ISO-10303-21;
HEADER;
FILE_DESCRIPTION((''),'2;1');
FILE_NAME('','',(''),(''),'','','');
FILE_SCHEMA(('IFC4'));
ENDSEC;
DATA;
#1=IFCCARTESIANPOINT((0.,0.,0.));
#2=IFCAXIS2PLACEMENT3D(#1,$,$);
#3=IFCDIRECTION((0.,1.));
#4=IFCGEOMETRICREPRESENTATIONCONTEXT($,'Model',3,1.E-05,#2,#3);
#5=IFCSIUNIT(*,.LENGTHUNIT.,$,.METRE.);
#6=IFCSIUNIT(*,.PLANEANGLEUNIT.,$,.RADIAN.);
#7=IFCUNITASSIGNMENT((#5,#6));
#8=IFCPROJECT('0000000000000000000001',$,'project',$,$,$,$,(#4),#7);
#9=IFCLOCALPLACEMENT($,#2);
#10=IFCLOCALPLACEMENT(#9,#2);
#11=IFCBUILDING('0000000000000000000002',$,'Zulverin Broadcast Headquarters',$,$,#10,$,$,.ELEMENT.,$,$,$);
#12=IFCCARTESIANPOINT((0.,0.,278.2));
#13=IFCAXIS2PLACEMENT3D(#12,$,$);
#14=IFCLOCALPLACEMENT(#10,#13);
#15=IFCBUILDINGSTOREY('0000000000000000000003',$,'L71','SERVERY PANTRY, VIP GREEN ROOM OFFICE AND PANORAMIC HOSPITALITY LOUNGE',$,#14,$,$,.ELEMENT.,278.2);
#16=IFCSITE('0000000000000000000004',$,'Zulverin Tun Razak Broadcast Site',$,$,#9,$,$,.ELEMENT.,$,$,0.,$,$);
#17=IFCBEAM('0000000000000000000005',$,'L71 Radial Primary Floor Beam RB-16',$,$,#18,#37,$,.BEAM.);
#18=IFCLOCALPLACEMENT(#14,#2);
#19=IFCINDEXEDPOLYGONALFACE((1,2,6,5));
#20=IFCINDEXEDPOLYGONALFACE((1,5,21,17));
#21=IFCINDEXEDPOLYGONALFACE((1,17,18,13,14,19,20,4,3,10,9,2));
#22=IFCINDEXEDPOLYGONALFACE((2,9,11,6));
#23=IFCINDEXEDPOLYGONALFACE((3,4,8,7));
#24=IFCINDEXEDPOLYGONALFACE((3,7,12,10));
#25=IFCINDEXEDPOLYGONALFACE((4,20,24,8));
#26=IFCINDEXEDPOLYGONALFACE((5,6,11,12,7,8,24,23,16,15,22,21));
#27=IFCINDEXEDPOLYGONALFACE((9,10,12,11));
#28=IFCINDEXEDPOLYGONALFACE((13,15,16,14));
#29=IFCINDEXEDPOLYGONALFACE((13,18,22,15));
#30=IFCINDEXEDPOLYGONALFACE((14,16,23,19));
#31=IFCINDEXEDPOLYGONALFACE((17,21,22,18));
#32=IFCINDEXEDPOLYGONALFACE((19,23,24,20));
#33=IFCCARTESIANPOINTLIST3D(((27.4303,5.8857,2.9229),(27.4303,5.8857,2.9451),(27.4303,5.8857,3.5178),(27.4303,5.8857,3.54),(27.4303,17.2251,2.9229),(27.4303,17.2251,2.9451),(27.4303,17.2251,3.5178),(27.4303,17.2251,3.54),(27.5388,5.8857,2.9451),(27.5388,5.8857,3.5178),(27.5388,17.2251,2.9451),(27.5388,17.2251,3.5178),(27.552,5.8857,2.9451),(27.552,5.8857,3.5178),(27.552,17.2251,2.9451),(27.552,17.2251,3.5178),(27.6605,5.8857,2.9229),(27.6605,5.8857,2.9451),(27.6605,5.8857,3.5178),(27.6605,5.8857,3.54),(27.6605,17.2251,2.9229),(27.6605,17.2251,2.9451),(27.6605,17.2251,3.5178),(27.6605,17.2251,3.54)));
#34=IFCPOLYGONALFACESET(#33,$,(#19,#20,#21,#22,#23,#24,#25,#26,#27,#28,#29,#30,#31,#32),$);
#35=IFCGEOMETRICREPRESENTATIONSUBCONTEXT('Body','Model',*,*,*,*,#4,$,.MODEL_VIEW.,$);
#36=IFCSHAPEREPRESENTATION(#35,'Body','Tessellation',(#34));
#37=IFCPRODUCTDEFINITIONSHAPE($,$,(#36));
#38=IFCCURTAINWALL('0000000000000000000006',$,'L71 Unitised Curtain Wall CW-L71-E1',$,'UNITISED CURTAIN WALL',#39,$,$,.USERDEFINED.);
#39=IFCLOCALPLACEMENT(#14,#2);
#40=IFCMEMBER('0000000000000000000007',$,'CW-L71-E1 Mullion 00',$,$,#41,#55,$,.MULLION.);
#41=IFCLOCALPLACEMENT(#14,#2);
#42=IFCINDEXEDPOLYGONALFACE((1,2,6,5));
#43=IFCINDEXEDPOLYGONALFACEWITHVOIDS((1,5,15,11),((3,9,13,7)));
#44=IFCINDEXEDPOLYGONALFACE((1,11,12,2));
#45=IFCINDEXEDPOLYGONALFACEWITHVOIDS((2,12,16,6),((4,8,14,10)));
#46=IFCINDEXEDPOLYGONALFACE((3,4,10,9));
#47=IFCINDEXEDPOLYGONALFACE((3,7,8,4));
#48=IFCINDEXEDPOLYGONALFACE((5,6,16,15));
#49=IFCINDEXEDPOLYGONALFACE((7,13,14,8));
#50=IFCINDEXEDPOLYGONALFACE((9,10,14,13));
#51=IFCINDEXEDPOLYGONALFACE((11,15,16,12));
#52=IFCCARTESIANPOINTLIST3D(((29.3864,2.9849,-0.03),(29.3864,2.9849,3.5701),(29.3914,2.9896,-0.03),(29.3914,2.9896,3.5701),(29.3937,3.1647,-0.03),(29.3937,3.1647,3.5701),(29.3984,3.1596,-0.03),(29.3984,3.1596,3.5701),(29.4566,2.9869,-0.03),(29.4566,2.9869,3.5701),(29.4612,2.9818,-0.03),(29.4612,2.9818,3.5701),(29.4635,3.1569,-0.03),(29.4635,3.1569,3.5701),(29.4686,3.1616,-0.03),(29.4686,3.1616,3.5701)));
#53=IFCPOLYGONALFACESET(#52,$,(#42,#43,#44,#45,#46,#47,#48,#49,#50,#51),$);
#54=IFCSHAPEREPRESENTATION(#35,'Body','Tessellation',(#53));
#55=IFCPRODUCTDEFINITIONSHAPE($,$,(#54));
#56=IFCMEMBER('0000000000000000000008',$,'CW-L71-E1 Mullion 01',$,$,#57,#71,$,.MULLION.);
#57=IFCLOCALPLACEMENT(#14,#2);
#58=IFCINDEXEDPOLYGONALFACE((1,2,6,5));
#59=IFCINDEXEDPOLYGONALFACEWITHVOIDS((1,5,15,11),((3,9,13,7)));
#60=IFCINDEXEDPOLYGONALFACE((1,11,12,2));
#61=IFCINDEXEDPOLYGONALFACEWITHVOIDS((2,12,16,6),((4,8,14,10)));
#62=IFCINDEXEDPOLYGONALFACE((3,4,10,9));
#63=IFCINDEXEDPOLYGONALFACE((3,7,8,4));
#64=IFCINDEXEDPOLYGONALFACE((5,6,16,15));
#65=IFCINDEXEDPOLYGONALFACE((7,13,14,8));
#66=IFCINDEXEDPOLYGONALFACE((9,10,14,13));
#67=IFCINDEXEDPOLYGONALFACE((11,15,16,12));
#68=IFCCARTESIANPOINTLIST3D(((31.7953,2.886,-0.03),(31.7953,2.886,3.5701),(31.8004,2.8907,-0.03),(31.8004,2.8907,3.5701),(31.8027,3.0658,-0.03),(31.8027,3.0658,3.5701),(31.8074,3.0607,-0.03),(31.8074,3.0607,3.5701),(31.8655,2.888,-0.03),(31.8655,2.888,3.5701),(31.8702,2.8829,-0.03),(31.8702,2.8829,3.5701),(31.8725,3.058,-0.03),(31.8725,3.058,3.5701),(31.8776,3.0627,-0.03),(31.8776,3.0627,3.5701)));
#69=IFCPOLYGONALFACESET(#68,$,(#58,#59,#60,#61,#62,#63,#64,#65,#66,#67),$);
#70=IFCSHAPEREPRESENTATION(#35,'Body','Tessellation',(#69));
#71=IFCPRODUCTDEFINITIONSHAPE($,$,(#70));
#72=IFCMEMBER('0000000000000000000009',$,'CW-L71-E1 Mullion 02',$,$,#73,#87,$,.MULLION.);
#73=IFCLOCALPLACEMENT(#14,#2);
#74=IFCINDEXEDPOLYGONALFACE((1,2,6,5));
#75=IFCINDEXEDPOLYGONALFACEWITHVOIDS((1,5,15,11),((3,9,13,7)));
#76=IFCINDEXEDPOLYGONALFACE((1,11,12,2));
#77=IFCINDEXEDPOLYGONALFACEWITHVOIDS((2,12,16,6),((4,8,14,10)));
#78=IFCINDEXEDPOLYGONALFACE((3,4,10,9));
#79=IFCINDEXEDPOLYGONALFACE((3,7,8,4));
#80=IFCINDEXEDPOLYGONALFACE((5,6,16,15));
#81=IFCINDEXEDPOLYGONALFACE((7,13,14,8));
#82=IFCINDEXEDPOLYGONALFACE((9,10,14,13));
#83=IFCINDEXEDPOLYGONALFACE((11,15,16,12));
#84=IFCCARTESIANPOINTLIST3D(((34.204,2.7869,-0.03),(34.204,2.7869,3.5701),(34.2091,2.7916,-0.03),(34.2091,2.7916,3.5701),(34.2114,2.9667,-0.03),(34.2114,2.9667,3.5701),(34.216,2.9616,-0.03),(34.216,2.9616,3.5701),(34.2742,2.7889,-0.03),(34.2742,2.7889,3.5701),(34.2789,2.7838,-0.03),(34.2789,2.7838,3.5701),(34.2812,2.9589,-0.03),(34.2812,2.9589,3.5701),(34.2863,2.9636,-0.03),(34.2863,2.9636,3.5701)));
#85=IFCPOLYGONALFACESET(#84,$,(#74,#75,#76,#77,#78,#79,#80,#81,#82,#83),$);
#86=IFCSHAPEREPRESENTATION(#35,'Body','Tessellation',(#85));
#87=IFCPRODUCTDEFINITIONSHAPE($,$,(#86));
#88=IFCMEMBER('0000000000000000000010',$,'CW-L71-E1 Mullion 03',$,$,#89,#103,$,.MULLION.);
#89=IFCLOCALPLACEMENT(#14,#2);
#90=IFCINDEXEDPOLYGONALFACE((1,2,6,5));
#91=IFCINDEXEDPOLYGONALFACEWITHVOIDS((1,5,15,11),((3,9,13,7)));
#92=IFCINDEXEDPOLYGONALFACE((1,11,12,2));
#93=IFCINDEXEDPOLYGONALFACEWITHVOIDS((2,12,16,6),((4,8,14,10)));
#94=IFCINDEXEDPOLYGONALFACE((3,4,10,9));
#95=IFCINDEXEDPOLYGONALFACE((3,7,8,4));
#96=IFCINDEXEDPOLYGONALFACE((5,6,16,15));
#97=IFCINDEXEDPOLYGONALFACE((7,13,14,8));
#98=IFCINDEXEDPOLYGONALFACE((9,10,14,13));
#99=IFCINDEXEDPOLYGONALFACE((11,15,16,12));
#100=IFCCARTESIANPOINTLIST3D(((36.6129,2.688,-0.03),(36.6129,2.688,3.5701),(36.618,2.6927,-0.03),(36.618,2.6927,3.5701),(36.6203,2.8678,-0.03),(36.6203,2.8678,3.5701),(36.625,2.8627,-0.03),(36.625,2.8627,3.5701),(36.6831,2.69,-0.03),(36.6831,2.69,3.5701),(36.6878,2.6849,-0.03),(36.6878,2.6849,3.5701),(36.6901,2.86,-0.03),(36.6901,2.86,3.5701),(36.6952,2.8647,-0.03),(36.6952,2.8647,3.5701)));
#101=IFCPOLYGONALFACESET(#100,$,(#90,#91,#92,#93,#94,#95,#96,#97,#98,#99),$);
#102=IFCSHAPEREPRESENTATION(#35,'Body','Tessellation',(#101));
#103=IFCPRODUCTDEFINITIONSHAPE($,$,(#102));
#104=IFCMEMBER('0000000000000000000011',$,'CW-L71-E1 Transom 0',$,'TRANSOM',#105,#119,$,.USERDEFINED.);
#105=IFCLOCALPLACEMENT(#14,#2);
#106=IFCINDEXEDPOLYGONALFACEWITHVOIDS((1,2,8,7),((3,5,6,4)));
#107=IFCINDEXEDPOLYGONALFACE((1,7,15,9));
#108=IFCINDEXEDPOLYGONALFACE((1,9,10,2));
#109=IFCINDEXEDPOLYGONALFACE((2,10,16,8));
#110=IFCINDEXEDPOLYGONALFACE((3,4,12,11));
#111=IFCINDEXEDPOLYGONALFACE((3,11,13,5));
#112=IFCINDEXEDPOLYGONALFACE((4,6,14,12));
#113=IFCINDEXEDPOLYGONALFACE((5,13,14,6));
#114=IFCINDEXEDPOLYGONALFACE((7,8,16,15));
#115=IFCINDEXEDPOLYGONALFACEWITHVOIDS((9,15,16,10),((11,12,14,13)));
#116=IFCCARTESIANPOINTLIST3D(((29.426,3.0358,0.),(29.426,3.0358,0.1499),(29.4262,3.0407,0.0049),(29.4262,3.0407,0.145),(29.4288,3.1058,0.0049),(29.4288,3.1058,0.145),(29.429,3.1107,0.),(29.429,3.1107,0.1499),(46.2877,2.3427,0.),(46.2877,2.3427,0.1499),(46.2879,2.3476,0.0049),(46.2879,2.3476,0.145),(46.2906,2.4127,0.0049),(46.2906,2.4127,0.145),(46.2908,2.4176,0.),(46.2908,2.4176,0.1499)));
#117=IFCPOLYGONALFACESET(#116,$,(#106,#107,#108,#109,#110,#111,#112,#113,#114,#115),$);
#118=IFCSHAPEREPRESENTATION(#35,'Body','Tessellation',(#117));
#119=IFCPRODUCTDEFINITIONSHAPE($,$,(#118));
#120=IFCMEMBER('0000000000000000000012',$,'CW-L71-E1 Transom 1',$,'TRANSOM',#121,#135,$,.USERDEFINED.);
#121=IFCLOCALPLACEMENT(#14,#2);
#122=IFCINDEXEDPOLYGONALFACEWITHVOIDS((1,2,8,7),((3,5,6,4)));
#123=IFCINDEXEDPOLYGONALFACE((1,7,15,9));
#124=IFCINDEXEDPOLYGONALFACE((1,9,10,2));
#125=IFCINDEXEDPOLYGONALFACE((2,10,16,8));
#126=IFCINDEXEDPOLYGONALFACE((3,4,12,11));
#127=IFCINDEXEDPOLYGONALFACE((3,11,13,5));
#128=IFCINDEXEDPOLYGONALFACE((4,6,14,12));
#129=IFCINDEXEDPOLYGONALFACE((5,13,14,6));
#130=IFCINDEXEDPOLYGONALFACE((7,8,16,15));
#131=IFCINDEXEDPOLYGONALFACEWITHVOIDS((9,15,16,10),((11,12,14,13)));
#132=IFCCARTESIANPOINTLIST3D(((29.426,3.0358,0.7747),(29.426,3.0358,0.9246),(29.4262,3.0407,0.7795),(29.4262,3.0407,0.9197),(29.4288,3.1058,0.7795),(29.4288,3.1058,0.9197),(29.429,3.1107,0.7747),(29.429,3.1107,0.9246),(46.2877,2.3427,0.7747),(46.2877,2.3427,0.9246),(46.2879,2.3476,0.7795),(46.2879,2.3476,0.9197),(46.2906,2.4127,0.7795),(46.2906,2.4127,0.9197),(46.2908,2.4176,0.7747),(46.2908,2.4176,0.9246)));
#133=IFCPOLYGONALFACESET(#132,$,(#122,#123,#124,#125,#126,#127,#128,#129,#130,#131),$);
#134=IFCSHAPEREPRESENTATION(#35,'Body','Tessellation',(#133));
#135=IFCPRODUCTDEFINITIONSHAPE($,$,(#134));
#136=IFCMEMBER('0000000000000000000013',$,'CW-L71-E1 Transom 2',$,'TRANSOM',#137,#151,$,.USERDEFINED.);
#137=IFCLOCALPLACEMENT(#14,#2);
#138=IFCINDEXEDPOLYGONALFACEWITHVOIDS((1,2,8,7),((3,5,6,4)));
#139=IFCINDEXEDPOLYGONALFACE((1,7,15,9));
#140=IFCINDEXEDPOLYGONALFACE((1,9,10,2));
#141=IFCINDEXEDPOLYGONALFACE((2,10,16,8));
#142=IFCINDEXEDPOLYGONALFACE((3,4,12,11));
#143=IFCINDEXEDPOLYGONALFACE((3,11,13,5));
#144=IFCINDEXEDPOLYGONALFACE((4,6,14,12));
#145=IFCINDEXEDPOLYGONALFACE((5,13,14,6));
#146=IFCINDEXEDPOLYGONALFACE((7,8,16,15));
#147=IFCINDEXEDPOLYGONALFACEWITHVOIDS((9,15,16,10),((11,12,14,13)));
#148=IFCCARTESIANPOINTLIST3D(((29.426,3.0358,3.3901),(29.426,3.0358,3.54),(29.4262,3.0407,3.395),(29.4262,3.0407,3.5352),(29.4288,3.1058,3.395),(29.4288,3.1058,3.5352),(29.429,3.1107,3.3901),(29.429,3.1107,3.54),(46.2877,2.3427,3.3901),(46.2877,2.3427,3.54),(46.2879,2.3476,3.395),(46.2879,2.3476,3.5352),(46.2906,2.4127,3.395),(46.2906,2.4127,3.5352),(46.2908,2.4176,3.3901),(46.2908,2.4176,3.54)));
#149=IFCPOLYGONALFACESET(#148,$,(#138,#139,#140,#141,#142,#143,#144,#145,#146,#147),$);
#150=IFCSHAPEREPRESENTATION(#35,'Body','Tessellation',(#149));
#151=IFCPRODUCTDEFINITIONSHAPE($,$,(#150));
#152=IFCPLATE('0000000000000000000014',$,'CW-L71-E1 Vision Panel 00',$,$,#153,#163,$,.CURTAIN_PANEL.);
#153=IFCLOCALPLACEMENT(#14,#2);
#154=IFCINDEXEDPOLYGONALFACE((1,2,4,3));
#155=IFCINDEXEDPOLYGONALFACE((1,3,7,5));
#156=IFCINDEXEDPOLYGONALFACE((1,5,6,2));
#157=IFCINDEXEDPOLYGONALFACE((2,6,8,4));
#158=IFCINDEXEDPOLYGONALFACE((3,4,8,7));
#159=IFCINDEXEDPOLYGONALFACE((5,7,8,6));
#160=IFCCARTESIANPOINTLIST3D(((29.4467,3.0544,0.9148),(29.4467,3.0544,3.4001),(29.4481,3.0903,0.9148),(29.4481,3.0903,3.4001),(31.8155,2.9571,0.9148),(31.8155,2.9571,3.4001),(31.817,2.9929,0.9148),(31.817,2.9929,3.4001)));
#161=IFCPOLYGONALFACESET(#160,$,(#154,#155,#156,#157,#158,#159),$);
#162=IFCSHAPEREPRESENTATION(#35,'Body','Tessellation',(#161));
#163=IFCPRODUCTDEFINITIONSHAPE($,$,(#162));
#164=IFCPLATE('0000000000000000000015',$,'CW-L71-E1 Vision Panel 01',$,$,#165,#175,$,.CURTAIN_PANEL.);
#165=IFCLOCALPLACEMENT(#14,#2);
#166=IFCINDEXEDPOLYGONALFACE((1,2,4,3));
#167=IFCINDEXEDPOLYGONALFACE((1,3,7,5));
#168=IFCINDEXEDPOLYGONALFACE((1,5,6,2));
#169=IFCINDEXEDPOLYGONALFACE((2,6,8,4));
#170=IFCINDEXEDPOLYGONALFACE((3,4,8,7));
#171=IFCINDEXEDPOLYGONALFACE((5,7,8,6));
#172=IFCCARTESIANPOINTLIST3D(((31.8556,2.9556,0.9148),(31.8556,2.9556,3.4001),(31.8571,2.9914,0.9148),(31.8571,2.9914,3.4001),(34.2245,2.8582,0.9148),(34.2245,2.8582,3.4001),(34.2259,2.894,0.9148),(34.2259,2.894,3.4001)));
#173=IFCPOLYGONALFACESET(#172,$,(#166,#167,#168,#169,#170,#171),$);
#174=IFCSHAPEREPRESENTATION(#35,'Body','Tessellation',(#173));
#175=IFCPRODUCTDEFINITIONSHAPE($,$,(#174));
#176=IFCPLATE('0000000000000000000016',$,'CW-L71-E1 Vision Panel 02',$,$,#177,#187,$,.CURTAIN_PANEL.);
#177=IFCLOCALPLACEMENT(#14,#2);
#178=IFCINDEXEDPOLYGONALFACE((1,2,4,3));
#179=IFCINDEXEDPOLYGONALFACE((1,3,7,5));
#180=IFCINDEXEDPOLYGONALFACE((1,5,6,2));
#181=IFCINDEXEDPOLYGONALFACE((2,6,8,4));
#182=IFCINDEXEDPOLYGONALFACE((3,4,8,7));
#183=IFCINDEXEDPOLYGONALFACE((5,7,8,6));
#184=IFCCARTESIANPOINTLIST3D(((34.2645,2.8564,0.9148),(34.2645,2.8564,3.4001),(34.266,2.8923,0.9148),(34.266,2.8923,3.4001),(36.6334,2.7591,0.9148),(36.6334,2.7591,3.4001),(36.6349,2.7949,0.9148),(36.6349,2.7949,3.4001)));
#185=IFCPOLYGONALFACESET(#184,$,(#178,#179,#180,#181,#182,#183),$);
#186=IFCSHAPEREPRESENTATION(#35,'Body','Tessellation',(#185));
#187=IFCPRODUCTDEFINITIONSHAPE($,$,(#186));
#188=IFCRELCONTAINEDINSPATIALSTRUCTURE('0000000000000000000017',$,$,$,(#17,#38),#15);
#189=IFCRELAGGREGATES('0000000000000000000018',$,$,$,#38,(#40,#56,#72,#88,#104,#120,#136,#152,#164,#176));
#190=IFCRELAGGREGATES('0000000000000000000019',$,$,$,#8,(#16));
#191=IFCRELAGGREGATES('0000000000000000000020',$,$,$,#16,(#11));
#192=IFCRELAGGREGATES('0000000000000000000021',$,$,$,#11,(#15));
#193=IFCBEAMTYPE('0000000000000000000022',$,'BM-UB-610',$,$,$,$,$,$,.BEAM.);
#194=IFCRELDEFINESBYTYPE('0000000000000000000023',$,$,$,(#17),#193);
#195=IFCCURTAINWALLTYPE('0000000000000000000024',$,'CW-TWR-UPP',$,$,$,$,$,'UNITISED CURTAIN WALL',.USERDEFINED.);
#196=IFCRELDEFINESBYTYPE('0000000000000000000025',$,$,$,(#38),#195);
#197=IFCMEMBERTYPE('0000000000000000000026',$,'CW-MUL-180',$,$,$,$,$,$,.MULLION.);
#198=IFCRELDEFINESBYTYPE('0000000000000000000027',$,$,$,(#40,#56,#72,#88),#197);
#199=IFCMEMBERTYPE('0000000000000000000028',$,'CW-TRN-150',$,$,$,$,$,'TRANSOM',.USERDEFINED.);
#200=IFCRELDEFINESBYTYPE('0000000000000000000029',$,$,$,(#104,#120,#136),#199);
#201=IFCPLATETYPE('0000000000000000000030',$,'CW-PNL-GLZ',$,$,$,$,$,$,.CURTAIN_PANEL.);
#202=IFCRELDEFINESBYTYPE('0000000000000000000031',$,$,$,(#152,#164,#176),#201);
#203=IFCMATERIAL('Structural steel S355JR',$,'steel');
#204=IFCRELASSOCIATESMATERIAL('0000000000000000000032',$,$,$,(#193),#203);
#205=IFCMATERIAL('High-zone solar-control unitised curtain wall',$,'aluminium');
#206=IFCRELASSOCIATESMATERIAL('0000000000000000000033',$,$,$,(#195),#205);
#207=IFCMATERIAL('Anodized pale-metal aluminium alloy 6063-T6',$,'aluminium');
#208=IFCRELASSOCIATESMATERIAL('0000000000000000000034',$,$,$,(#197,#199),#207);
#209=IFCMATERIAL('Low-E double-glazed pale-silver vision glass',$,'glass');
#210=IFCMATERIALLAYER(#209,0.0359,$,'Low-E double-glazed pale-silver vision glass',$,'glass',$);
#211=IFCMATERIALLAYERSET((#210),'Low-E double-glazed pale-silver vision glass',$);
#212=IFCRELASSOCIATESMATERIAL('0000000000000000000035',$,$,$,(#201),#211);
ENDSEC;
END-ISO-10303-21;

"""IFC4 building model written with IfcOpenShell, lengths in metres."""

from ifc_helpers import new_model, si_unit, direction, frame, origin, origin_2d, place, context, subcontext, project, spatial, rectangle, hollow_rectangle, i_section, extrude, material, layer, layer_set, material_profile, profile_set, type_object, element, aggregate, save


model = new_model("IFC4")

# Units and contexts
model_context = context("Model", 3, precision=1e-05, world=origin(), true_north=direction((0.0, 1.0)))
body_context = subcontext(model_context, "Body", "Model", "MODEL_VIEW")
ifc_project = project(units=[si_unit("LENGTHUNIT", "METRE"), si_unit("PLANEANGLEUNIT", "RADIAN")], contexts=[model_context])

# Site, building, storey
site_placement = place(None, origin())
site = spatial("IfcSite", under=ifc_project, at=site_placement, Name="Zulverin Tun Razak Broadcast Site", CompositionType="ELEMENT", RefElevation=0.0)
building_placement = place(site_placement, origin())
building = spatial("IfcBuilding", under=site, at=building_placement, Name="Zulverin Broadcast Headquarters", CompositionType="ELEMENT")
storey_placement = place(building_placement, frame((0.0, 0.0, 278.2)))
storey = spatial("IfcBuildingStorey", under=building, at=storey_placement, Name="L71", Description="SERVERY PANTRY, VIP GREEN ROOM OFFICE AND PANORAMIC HOSPITALITY LOUNGE", CompositionType="ELEMENT", Elevation=278.2)

# Beam
ifc_material_1 = material(Name="Structural steel S355JR", Category="steel")
ifc_material_profile_1 = material_profile(ifc_material_1, i_section(OverallWidth=0.2302, OverallDepth=0.6172, WebThickness=0.0132, FlangeThickness=0.0222, at=origin_2d()), Name="Structural steel S355JR", Category="steel")
ifc_profile_set_1 = profile_set([ifc_material_profile_1], Name="Structural steel S355JR")
beam_type_1 = type_object("IfcBeamType", Name="BM-UB-610", PredefinedType="BEAM", material=ifc_profile_set_1)
beam_1_placement = place(storey_placement, frame((27.5454, 17.2251, 3.2314), z_axis=(0.0, -1.0, 0.0), x_axis=(1.0, 0.0, 0.0)))
element("IfcBeam", 1, at=beam_1_placement, inside=storey, type_object=beam_type_1, Name="L71 Radial Primary Floor Beam RB-16", PredefinedType="BEAM", context=body_context, shape_type="SweptSolid", body=[
    extrude(i_section(OverallWidth=0.2302, OverallDepth=0.6172, WebThickness=0.0132, FlangeThickness=0.0222, at=origin_2d()), origin(), (0.0, 0.0, 1.0), 11.3394),
])

# Curtain wall, members, plates
ifc_material_2 = material(Name="High-zone solar-control unitised curtain wall", Category="aluminium")
curtain_wall_type = type_object("IfcCurtainWallType", Name="CW-TWR-UPP", ElementType="UNITISED CURTAIN WALL", PredefinedType="USERDEFINED", material=ifc_material_2)
curtain_wall_placement = place(storey_placement, origin())
curtain_wall = element("IfcCurtainWall", 2, at=curtain_wall_placement, inside=storey, type_object=curtain_wall_type, Name="L71 Unitised Curtain Wall CW-L71-E1", ObjectType="UNITISED CURTAIN WALL", PredefinedType="USERDEFINED")
ifc_material_3 = material(Name="Anodized pale-metal aluminium alloy 6063-T6", Category="aluminium")
ifc_material_profile_2 = material_profile(ifc_material_3, hollow_rectangle(XDim=0.075, YDim=0.1799, WallThickness=0.0049, at=origin_2d()), Name="Anodized pale-metal aluminium alloy 6063-T6", Category="aluminium")
ifc_profile_set_2 = profile_set([ifc_material_profile_2], Name="Anodized pale-metal aluminium alloy 6063-T6")
member_type_1 = type_object("IfcMemberType", Name="CW-MUL-180", PredefinedType="MULLION", material=ifc_profile_set_2)
member_1_placement = place(storey_placement, frame((29.4275, 3.0732, -0.03), z_axis=(0.0, 0.0, 1.0), x_axis=(0.999156, -0.04107, 0.0)))
member_1 = element("IfcMember", 3, at=member_1_placement, type_object=member_type_1, Name="CW-L71-E1 Mullion 00", PredefinedType="MULLION", context=body_context, shape_type="SweptSolid", body=[
    extrude(hollow_rectangle(XDim=0.075, YDim=0.1799, WallThickness=0.0049, at=origin_2d()), origin(), (0.0, 0.0, 1.0), 3.6001),
])
member_2_placement = place(storey_placement, frame((31.8364, 2.9744, -0.03), z_axis=(0.0, 0.0, 1.0), x_axis=(0.999156, -0.04107, 0.0)))
member_2 = element("IfcMember", 4, at=member_2_placement, type_object=member_type_1, Name="CW-L71-E1 Mullion 01", PredefinedType="MULLION", context=body_context, shape_type="SweptSolid", body=[
    extrude(hollow_rectangle(XDim=0.075, YDim=0.1799, WallThickness=0.0049, at=origin_2d()), origin(), (0.0, 0.0, 1.0), 3.6001),
])
member_3_placement = place(storey_placement, frame((34.2451, 2.8752, -0.03), z_axis=(0.0, 0.0, 1.0), x_axis=(0.999156, -0.04107, 0.0)))
member_3 = element("IfcMember", 5, at=member_3_placement, type_object=member_type_1, Name="CW-L71-E1 Mullion 02", PredefinedType="MULLION", context=body_context, shape_type="SweptSolid", body=[
    extrude(hollow_rectangle(XDim=0.075, YDim=0.1799, WallThickness=0.0049, at=origin_2d()), origin(), (0.0, 0.0, 1.0), 3.6001),
])
member_4_placement = place(storey_placement, frame((36.6541, 2.7764, -0.03), z_axis=(0.0, 0.0, 1.0), x_axis=(0.999156, -0.04107, 0.0)))
member_4 = element("IfcMember", 6, at=member_4_placement, type_object=member_type_1, Name="CW-L71-E1 Mullion 03", PredefinedType="MULLION", context=body_context, shape_type="SweptSolid", body=[
    extrude(hollow_rectangle(XDim=0.075, YDim=0.1799, WallThickness=0.0049, at=origin_2d()), origin(), (0.0, 0.0, 1.0), 3.6001),
])
ifc_material_profile_3 = material_profile(ifc_material_3, hollow_rectangle(XDim=0.075, YDim=0.1499, WallThickness=0.0049, at=origin_2d()), Name="Anodized pale-metal aluminium alloy 6063-T6", Category="aluminium")
ifc_profile_set_3 = profile_set([ifc_material_profile_3], Name="Anodized pale-metal aluminium alloy 6063-T6")
member_type_2 = type_object("IfcMemberType", Name="CW-TRN-150", ElementType="TRANSOM", PredefinedType="USERDEFINED", material=ifc_profile_set_3)
member_5_placement = place(storey_placement, frame((29.4275, 3.0732, 0.075), z_axis=(0.999156, -0.041071, 0.0), x_axis=(0.041071, 0.999156, 0.0)))
member_5 = element("IfcMember", 7, at=member_5_placement, type_object=member_type_2, Name="CW-L71-E1 Transom 0", ObjectType="TRANSOM", PredefinedType="USERDEFINED", context=body_context, shape_type="SweptSolid", body=[
    extrude(hollow_rectangle(XDim=0.075, YDim=0.1499, WallThickness=0.0049, at=origin_2d()), origin(), (0.0, 0.0, 1.0), 16.876),
])
member_6_placement = place(storey_placement, frame((29.4275, 3.0732, 0.8496), z_axis=(0.999156, -0.041071, 0.0), x_axis=(0.041071, 0.999156, 0.0)))
member_6 = element("IfcMember", 8, at=member_6_placement, type_object=member_type_2, Name="CW-L71-E1 Transom 1", ObjectType="TRANSOM", PredefinedType="USERDEFINED", context=body_context, shape_type="SweptSolid", body=[
    extrude(hollow_rectangle(XDim=0.075, YDim=0.1499, WallThickness=0.0049, at=origin_2d()), origin(), (0.0, 0.0, 1.0), 16.876),
])
member_7_placement = place(storey_placement, frame((29.4275, 3.0732, 3.4651), z_axis=(0.999156, -0.041071, 0.0), x_axis=(0.041071, 0.999156, 0.0)))
member_7 = element("IfcMember", 9, at=member_7_placement, type_object=member_type_2, Name="CW-L71-E1 Transom 2", ObjectType="TRANSOM", PredefinedType="USERDEFINED", context=body_context, shape_type="SweptSolid", body=[
    extrude(hollow_rectangle(XDim=0.075, YDim=0.1499, WallThickness=0.0049, at=origin_2d()), origin(), (0.0, 0.0, 1.0), 16.876),
])
ifc_material_4 = material(Name="Low-E double-glazed pale-silver vision glass", Category="glass")
ifc_layer_1 = layer(ifc_material_4, 0.0359, Name="Low-E double-glazed pale-silver vision glass", Category="glass")
ifc_layer_set_1 = layer_set([ifc_layer_1], Name="Low-E double-glazed pale-silver vision glass")
plate_type_1 = type_object("IfcPlateType", Name="CW-PNL-GLZ", PredefinedType="CURTAIN_PANEL", material=ifc_layer_set_1)
plate_1_placement = place(storey_placement, frame((30.6318, 3.0237, 0.9148), z_axis=(0.0, 0.0, 1.0), x_axis=(0.999156, -0.04107, 0.0)))
plate_1 = element("IfcPlate", 10, at=plate_1_placement, type_object=plate_type_1, Name="CW-L71-E1 Vision Panel 00", PredefinedType="CURTAIN_PANEL", context=body_context, shape_type="SweptSolid", body=[
    extrude(rectangle(XDim=2.3708, YDim=0.0359, at=origin_2d()), origin(), (0.0, 0.0, 1.0), 2.4854),
])
plate_2_placement = place(storey_placement, frame((33.0408, 2.9248, 0.9148), z_axis=(0.0, 0.0, 1.0), x_axis=(0.999156, -0.04107, 0.0)))
plate_2 = element("IfcPlate", 11, at=plate_2_placement, type_object=plate_type_1, Name="CW-L71-E1 Vision Panel 01", PredefinedType="CURTAIN_PANEL", context=body_context, shape_type="SweptSolid", body=[
    extrude(rectangle(XDim=2.3708, YDim=0.0359, at=origin_2d()), origin(), (0.0, 0.0, 1.0), 2.4854),
])
plate_3_placement = place(storey_placement, frame((35.4497, 2.8257, 0.9148), z_axis=(0.0, 0.0, 1.0), x_axis=(0.999156, -0.04107, 0.0)))
plate_3 = element("IfcPlate", 12, at=plate_3_placement, type_object=plate_type_1, Name="CW-L71-E1 Vision Panel 02", PredefinedType="CURTAIN_PANEL", context=body_context, shape_type="SweptSolid", body=[
    extrude(rectangle(XDim=2.3708, YDim=0.0359, at=origin_2d()), origin(), (0.0, 0.0, 1.0), 2.4854),
])
aggregate(curtain_wall, [member_1, member_2, member_3, member_4, member_5, member_6, member_7, plate_1, plate_2, plate_3])

save(model, "model.ifc")
